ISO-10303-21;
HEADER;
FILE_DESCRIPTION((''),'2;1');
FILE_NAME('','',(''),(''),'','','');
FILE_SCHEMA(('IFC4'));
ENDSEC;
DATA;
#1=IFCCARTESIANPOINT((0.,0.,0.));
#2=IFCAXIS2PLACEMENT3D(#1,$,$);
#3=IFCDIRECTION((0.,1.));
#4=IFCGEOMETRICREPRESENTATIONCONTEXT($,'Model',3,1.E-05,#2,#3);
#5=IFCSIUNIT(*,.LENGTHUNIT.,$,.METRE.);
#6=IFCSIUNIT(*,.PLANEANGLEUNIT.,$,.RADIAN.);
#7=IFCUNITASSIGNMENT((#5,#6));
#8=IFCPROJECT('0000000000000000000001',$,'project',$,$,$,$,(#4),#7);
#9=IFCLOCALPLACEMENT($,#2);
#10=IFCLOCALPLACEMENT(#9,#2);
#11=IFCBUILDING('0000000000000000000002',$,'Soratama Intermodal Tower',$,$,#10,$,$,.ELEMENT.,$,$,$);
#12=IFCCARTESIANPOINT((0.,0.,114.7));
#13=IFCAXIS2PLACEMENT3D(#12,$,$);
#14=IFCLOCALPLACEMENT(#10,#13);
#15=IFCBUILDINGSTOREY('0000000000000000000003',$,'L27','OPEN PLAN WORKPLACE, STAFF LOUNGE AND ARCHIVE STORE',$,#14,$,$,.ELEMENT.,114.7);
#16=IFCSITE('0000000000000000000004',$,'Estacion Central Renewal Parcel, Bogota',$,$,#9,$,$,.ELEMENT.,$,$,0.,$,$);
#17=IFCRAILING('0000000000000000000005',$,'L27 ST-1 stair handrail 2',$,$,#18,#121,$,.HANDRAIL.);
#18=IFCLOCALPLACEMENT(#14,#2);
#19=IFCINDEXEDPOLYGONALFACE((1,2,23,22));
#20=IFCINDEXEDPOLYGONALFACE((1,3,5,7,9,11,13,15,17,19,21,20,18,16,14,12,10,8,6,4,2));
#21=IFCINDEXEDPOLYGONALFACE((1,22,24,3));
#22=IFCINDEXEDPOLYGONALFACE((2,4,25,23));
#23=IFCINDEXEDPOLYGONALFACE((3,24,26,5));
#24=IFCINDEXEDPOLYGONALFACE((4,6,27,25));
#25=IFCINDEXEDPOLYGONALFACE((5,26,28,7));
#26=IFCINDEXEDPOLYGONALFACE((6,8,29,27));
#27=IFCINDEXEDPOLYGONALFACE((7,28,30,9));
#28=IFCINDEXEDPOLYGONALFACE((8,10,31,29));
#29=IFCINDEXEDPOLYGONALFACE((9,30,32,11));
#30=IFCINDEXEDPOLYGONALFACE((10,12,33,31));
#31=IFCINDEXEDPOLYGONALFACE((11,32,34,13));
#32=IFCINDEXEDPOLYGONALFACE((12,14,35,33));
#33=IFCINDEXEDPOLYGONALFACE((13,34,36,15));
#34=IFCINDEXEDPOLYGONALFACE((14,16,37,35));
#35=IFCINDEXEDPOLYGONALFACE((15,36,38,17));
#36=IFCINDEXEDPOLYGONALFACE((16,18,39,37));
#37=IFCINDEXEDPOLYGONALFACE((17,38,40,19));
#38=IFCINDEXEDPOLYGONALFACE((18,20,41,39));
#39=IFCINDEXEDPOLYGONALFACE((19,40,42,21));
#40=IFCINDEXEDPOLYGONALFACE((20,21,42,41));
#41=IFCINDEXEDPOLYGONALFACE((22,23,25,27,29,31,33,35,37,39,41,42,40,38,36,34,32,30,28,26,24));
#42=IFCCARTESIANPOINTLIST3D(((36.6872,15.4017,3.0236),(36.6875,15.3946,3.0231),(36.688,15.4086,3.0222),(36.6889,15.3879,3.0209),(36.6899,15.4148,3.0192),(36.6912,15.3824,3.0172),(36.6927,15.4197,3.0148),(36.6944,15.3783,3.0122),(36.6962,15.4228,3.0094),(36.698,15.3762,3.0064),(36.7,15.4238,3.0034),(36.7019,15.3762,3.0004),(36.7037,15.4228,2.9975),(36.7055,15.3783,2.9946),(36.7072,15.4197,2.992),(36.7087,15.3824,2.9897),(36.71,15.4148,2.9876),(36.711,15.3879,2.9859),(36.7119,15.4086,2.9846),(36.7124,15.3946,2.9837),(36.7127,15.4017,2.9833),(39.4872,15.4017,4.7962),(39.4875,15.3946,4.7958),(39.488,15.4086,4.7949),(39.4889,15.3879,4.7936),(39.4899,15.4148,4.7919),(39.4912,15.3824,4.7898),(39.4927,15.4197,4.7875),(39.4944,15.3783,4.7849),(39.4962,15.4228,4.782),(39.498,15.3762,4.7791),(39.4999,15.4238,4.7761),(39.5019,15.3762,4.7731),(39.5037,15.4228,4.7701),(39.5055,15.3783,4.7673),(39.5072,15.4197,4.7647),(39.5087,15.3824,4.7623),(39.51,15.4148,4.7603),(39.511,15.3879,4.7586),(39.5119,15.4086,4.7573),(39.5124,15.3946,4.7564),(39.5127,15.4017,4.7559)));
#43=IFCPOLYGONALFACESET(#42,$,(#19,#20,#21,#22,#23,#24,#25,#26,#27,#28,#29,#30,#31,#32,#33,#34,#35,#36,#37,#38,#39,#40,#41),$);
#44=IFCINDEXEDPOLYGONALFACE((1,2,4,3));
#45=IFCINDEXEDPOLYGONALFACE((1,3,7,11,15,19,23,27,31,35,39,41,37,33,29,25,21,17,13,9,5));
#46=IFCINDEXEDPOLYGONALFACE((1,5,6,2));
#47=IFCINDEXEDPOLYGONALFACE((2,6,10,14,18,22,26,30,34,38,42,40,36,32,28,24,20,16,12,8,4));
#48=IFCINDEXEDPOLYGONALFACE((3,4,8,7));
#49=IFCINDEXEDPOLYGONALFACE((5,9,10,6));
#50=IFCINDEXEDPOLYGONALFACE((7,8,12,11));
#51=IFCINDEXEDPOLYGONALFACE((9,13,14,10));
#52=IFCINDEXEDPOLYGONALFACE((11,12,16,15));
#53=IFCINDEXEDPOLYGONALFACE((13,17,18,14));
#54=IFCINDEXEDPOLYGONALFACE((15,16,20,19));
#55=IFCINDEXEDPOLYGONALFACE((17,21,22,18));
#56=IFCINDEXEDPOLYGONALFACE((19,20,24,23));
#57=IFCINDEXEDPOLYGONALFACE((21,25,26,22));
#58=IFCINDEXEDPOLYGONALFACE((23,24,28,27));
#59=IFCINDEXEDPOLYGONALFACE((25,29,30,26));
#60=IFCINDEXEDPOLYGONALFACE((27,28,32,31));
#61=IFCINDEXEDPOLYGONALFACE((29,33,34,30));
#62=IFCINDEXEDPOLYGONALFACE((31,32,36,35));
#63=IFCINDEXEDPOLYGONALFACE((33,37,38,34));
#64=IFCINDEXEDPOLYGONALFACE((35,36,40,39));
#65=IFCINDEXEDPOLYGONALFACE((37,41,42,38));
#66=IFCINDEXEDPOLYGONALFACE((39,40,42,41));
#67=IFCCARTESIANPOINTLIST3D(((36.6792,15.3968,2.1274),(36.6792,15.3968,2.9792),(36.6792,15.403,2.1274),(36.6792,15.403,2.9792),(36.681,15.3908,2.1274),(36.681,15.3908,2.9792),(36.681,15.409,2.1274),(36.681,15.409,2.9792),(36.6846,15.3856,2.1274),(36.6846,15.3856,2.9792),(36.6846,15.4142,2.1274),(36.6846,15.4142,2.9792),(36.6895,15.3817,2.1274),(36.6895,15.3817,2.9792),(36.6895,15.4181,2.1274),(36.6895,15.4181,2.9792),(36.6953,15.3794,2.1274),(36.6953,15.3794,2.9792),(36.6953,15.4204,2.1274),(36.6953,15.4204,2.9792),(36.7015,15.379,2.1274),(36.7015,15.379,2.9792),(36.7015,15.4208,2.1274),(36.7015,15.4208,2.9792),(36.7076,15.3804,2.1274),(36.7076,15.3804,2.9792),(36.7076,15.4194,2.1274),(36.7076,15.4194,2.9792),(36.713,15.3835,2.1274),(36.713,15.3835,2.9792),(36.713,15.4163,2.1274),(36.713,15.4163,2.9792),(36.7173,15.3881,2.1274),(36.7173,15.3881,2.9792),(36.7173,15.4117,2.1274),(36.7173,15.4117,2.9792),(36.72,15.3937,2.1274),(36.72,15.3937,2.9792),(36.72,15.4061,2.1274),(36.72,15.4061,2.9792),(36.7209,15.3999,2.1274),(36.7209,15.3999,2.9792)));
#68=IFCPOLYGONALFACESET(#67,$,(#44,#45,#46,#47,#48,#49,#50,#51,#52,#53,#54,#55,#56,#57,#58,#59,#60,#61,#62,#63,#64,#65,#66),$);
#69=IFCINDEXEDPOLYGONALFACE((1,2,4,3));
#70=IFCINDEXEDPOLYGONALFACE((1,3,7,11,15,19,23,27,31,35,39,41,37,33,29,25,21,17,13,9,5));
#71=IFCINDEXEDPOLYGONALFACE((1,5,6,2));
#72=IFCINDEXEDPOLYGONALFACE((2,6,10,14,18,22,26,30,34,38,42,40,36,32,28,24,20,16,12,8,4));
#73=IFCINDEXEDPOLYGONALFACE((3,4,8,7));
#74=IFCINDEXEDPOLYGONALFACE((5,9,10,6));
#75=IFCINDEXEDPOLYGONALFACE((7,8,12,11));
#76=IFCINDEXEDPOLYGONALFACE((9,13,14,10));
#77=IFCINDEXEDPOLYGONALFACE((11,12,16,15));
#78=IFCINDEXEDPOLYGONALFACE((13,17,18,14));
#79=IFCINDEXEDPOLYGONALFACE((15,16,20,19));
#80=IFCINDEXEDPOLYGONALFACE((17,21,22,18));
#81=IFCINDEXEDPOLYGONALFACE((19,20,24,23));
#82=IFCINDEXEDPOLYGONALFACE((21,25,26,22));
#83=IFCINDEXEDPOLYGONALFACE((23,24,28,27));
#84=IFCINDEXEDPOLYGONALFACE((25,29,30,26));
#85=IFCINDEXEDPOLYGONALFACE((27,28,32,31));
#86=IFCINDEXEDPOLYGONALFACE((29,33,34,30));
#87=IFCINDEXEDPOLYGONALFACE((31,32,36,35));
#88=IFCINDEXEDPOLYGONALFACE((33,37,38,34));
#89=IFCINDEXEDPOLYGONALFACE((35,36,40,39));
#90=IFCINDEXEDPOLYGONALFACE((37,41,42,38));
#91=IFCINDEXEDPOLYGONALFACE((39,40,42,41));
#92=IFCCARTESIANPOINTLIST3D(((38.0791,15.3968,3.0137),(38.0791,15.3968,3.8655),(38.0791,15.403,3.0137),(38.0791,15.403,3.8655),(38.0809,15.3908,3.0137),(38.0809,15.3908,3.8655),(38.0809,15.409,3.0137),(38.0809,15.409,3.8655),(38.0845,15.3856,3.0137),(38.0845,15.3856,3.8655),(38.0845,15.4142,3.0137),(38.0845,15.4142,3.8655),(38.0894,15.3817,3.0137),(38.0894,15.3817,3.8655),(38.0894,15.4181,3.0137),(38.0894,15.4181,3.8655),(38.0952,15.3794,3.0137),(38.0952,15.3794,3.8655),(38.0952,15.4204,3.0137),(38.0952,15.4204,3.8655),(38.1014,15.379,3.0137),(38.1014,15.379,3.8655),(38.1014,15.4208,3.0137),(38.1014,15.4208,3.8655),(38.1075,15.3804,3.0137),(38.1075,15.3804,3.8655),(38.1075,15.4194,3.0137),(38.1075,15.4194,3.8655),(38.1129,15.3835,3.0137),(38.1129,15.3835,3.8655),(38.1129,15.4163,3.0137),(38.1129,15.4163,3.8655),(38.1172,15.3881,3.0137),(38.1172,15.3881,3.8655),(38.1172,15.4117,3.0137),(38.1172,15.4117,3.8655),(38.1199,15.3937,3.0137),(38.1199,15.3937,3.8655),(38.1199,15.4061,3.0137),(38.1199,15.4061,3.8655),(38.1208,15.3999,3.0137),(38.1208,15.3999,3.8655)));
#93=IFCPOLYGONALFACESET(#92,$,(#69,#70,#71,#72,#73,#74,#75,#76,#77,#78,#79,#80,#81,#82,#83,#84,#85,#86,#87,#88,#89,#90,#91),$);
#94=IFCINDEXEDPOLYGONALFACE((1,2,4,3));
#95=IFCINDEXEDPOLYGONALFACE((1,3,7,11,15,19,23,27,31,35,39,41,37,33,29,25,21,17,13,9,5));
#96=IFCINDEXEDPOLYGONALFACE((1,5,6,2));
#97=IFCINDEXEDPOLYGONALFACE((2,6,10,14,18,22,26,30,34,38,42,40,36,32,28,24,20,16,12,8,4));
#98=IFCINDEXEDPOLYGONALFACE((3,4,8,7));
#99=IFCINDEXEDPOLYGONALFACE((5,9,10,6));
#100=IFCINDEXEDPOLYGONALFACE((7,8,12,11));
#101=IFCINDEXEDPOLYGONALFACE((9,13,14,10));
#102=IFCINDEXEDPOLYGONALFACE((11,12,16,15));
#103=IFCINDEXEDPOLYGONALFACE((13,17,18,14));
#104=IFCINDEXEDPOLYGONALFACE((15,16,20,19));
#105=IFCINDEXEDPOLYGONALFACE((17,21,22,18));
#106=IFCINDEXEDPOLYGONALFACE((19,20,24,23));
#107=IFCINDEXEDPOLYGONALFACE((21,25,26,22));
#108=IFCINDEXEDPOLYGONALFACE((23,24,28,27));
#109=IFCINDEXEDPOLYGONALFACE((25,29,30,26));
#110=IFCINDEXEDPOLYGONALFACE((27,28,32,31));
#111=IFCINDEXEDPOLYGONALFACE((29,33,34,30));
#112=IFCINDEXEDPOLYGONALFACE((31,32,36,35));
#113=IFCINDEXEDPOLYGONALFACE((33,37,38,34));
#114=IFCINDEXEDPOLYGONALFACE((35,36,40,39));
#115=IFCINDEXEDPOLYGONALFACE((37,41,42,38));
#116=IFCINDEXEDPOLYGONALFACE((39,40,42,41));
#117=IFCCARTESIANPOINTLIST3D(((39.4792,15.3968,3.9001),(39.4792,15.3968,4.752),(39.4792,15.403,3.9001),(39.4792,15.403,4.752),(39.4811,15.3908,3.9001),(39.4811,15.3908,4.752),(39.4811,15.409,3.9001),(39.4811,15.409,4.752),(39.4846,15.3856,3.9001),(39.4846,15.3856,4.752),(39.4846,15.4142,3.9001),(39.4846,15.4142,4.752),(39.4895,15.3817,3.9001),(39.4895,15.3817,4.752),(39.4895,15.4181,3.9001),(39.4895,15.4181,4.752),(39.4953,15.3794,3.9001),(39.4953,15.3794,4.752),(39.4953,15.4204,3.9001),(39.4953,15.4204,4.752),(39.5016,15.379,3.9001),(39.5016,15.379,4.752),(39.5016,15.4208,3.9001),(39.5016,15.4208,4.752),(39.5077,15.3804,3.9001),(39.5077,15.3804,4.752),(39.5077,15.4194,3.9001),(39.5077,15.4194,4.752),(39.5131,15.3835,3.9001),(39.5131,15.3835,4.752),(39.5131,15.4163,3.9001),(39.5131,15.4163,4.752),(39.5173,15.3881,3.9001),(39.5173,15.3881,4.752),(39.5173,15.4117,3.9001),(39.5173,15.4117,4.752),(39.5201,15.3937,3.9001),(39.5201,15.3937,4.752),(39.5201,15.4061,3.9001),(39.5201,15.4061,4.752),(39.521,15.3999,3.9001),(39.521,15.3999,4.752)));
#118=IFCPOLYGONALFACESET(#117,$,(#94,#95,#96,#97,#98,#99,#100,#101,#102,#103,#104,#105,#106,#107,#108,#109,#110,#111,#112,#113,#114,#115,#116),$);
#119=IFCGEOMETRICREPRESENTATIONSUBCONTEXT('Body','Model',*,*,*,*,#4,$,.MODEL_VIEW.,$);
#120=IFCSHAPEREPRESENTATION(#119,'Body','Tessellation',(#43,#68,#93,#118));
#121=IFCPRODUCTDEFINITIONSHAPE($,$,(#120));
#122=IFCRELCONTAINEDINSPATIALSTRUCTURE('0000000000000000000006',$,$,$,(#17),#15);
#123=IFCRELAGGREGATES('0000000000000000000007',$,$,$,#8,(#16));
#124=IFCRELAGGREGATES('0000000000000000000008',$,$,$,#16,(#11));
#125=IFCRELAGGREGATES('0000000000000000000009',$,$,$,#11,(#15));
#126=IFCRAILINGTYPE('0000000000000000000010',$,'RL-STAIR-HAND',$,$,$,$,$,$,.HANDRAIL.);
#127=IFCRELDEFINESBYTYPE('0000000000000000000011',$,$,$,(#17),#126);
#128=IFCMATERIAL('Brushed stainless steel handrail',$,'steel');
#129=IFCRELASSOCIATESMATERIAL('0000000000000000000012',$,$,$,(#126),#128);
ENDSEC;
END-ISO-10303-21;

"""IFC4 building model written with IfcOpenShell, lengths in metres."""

from ifc_helpers import new_model, si_unit, direction, frame, origin, origin_2d, place, context, subcontext, project, spatial, circle, extrude, material, type_object, element, save


model = new_model("IFC4")

# Units and contexts
model_context = context("Model", 3, precision=1e-05, world=origin(), true_north=direction((0.0, 1.0)))
body_context = subcontext(model_context, "Body", "Model", "MODEL_VIEW")
ifc_project = project(units=[si_unit("LENGTHUNIT", "METRE"), si_unit("PLANEANGLEUNIT", "RADIAN")], contexts=[model_context])

# Site, building, storey
site_placement = place(None, origin())
site = spatial("IfcSite", under=ifc_project, at=site_placement, Name="Estacion Central Renewal Parcel, Bogota", CompositionType="ELEMENT", RefElevation=0.0)
building_placement = place(site_placement, origin())
building = spatial("IfcBuilding", under=site, at=building_placement, Name="Soratama Intermodal Tower", CompositionType="ELEMENT")
storey_placement = place(building_placement, frame((0.0, 0.0, 114.7)))
storey = spatial("IfcBuildingStorey", under=building, at=storey_placement, Name="L27", Description="OPEN PLAN WORKPLACE, STAFF LOUNGE AND ARCHIVE STORE", CompositionType="ELEMENT", Elevation=114.7)

# Railing
ifc_material_1 = material(Name="Brushed stainless steel handrail", Category="steel")
railing_type_1 = type_object("IfcRailingType", Name="RL-STAIR-HAND", PredefinedType="HANDRAIL", material=ifc_material_1)
railing_1_placement = place(storey_placement, frame((36.7, 15.3999, 2.1274)))
element("IfcRailing", 1, at=railing_1_placement, inside=storey, type_object=railing_type_1, Name="L27 ST-1 stair handrail 2", PredefinedType="HANDRAIL", context=body_context, shape_type="SweptSolid", body=[
    extrude(circle(Radius=0.0239, at=origin_2d()), frame((0.0, 0.0, 0.876), z_axis=(0.844909, 0.0, 0.53491), x_axis=(0.0, 1.0, 0.0)), (0.0, 0.0, 1.0), 3.314),
    extrude(circle(Radius=0.021, at=origin_2d()), origin(), (0.0, 0.0, 1.0), 0.8518),
    extrude(circle(Radius=0.021, at=origin_2d()), frame((1.3999, 0.0, 0.8862)), (0.0, 0.0, 1.0), 0.8518),
    extrude(circle(Radius=0.021, at=origin_2d()), frame((2.8, 0.0, 1.7727)), (0.0, 0.0, 1.0), 0.8518),
])

save(model, "model.ifc")
